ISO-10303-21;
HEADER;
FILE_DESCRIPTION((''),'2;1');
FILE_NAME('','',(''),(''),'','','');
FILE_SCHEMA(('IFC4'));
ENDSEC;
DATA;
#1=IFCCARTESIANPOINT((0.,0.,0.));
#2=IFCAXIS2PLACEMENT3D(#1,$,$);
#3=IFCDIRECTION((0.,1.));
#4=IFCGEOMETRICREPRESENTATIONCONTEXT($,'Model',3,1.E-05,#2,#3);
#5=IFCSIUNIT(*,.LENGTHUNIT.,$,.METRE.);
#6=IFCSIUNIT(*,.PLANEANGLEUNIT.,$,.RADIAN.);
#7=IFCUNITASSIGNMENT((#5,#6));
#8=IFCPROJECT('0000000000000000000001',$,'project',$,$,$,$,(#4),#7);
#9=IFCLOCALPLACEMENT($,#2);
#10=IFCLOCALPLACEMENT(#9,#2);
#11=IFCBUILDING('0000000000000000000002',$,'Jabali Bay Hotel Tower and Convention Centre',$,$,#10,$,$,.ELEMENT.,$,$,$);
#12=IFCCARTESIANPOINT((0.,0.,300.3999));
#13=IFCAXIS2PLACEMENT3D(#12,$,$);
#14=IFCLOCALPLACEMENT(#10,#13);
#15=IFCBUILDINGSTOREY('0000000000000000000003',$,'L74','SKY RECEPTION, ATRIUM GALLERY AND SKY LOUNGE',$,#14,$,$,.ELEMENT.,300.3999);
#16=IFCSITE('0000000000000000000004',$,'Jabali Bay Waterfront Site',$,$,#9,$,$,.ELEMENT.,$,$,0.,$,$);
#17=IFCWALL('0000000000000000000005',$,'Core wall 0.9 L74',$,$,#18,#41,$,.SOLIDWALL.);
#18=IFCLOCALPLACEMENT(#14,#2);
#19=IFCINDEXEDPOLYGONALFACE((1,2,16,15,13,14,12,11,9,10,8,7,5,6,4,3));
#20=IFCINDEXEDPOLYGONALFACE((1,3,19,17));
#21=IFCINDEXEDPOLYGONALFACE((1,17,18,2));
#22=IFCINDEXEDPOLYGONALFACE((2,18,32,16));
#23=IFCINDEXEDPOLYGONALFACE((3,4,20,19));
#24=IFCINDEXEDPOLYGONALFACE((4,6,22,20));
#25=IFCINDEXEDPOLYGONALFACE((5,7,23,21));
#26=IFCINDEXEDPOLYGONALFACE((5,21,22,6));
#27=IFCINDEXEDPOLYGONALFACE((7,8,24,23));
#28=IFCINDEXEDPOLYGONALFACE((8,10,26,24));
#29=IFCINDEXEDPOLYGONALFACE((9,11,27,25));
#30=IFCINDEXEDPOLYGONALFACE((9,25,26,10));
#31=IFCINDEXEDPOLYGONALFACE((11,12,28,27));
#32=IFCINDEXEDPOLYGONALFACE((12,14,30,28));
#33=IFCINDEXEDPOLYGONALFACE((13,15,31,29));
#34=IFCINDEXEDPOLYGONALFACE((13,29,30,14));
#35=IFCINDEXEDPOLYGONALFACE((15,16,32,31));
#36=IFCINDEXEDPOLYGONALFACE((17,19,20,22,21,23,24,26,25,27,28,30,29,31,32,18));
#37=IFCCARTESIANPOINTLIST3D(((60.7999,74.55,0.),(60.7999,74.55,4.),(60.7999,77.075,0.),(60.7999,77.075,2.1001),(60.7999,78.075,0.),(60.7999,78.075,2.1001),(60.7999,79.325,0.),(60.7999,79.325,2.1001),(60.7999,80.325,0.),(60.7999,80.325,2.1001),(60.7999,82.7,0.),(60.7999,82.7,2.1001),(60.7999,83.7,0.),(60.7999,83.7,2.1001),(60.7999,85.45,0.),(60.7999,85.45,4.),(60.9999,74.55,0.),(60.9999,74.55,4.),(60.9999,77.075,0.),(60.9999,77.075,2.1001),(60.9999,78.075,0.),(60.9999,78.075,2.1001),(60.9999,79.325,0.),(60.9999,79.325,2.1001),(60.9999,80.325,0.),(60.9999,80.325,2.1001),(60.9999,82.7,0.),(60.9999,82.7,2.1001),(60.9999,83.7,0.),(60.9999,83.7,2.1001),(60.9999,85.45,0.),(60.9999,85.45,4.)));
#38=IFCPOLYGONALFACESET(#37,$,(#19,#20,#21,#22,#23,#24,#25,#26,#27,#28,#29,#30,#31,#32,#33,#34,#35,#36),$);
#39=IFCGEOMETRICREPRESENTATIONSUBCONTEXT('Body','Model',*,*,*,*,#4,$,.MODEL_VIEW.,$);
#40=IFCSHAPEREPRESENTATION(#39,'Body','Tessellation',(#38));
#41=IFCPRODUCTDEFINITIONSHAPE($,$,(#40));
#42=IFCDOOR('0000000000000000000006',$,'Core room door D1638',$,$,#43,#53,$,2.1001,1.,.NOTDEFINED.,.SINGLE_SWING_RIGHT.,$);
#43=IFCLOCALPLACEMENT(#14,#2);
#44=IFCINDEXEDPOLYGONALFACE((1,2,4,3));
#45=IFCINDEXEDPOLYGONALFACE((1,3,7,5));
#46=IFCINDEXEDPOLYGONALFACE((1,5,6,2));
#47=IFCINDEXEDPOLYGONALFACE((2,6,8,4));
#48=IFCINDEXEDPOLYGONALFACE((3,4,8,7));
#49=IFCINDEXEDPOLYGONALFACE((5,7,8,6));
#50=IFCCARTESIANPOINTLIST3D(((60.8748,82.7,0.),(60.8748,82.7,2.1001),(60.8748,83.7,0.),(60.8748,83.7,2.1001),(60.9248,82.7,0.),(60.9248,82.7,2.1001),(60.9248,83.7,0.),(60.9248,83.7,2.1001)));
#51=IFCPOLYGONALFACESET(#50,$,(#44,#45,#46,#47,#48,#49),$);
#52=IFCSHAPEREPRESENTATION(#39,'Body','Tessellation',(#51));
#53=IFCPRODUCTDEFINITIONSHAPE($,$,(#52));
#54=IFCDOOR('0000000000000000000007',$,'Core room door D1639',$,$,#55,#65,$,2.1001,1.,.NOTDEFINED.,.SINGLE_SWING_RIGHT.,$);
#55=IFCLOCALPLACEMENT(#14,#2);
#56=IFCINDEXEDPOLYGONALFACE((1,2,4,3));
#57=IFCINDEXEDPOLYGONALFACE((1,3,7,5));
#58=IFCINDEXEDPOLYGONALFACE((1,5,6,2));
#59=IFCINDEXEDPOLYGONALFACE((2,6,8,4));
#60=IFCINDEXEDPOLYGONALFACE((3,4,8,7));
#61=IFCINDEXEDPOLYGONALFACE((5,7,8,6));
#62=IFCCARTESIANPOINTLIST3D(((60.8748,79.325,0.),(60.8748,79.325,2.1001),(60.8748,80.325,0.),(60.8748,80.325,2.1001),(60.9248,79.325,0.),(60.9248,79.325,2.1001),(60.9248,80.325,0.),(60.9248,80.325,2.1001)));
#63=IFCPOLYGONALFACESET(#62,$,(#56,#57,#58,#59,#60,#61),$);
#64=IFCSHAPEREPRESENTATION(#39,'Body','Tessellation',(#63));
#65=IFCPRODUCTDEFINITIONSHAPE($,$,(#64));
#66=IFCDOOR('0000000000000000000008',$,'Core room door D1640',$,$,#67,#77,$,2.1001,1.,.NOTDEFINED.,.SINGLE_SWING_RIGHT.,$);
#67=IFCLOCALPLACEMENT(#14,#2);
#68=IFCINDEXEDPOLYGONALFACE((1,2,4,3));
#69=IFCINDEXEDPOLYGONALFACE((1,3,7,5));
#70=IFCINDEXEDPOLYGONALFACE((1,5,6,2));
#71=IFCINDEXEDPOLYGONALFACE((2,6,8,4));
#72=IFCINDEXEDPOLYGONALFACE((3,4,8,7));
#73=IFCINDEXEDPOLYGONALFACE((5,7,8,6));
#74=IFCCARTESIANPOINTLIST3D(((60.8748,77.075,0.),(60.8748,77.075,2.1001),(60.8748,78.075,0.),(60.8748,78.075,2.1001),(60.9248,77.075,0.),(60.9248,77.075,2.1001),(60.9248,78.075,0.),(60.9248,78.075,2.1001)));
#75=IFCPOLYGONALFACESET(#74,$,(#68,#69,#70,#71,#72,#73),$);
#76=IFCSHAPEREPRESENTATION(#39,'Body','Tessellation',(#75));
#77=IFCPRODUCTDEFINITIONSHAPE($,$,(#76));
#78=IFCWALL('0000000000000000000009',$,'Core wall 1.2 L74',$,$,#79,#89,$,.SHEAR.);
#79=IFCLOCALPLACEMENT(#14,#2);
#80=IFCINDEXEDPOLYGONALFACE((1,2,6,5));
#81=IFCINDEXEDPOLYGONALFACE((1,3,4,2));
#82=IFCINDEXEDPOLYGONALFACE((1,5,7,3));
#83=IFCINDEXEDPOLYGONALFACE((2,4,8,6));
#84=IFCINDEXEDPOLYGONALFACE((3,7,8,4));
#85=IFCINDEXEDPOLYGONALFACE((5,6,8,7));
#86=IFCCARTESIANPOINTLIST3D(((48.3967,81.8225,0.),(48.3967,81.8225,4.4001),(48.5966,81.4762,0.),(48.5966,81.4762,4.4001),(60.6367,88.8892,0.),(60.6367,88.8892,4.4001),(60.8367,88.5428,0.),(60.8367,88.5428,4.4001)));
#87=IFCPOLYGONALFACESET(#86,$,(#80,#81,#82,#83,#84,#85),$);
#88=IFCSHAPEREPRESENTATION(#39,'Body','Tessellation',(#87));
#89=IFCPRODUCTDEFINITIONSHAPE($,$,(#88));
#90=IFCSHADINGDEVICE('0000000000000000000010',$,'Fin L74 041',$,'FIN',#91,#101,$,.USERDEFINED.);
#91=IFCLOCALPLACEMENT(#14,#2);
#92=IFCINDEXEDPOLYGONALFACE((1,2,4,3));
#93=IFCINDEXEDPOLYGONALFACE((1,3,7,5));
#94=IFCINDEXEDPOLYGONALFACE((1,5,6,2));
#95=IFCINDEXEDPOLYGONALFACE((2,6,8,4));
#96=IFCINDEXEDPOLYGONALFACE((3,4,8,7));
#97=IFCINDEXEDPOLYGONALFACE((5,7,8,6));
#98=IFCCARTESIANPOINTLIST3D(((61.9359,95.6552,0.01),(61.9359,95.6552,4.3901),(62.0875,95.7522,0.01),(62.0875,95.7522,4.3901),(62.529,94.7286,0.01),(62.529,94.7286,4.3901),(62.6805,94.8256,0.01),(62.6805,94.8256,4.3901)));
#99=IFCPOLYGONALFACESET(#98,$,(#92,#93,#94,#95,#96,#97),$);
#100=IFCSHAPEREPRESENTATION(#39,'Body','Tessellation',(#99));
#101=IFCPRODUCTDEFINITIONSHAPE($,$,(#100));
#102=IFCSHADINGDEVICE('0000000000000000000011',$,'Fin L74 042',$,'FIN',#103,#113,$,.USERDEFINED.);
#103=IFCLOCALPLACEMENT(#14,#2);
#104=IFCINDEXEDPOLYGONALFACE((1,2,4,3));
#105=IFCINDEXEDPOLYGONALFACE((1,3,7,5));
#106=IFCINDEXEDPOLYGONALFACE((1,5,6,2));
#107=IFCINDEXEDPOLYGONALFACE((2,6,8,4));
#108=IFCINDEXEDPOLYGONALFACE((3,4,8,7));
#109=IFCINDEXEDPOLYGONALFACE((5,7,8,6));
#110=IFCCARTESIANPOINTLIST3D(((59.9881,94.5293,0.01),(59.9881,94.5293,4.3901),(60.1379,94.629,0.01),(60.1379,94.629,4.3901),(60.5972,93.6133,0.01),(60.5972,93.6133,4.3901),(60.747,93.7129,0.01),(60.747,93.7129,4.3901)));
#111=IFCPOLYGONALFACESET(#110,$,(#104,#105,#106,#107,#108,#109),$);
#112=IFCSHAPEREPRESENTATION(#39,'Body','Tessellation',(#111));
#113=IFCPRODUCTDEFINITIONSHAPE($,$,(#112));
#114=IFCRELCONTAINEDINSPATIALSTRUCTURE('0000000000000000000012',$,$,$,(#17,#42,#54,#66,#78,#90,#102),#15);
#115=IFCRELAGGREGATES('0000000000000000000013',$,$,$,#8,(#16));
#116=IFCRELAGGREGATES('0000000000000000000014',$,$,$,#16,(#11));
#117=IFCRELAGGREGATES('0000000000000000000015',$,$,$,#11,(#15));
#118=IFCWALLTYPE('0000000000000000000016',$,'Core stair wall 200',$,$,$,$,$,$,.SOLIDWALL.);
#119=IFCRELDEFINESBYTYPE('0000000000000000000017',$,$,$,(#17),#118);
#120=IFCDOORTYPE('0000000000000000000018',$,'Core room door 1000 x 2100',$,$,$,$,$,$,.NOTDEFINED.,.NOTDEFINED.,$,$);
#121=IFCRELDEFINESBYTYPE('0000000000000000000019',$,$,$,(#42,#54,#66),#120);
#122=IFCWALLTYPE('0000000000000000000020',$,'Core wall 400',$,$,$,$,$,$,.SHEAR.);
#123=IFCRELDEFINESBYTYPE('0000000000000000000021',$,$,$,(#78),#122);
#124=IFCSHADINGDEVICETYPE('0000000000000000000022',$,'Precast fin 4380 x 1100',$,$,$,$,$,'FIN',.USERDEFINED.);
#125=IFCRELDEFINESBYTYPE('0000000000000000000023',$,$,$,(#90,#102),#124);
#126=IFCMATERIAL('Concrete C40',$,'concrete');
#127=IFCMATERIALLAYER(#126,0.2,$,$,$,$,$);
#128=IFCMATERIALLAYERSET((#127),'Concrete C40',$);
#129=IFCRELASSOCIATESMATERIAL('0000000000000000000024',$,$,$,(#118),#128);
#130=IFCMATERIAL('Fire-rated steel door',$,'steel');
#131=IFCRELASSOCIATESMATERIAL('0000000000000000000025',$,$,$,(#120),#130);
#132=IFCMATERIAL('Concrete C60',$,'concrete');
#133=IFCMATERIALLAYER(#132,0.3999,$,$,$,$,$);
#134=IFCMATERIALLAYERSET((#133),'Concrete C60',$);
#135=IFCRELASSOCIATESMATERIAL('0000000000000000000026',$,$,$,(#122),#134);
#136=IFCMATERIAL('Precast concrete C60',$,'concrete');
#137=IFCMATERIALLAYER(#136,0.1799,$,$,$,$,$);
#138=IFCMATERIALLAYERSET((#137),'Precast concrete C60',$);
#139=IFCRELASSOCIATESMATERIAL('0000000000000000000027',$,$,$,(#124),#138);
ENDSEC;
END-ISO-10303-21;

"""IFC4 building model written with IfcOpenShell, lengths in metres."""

from ifc_helpers import new_model, si_unit, direction, frame, frame_2d, origin, place, context, subcontext, project, spatial, rectangle, extrude, material, layer, layer_set, type_object, element, fill, save


model = new_model("IFC4")

# Units and contexts
model_context = context("Model", 3, precision=1e-05, world=origin(), true_north=direction((0.0, 1.0)))
body_context = subcontext(model_context, "Body", "Model", "MODEL_VIEW")
ifc_project = project(units=[si_unit("LENGTHUNIT", "METRE"), si_unit("PLANEANGLEUNIT", "RADIAN")], contexts=[model_context])

# Site, building, storey
site_placement = place(None, origin())
site = spatial("IfcSite", under=ifc_project, at=site_placement, Name="Jabali Bay Waterfront Site", CompositionType="ELEMENT", RefElevation=0.0)
building_placement = place(site_placement, origin())
building = spatial("IfcBuilding", under=site, at=building_placement, Name="Jabali Bay Hotel Tower and Convention Centre", CompositionType="ELEMENT")
storey_placement = place(building_placement, frame((0.0, 0.0, 300.3999)))
storey = spatial("IfcBuildingStorey", under=building, at=storey_placement, Name="L74", Description="SKY RECEPTION, ATRIUM GALLERY AND SKY LOUNGE", CompositionType="ELEMENT", Elevation=300.3999)

# Shared definitions
ifc_material_1 = material(Name="Concrete C40", Category="concrete")
ifc_layer_1 = layer(ifc_material_1, 0.2)
ifc_layer_set_1 = layer_set([ifc_layer_1], Name="Concrete C40")
wall_type_1 = type_object("IfcWallType", Name="Core stair wall 200", PredefinedType="SOLIDWALL", material=ifc_layer_set_1)

# Wall, openings, doors
wall_1_placement = place(storey_placement, frame((60.8999, 85.45, 0.0), z_axis=(0.0, 0.0, 1.0), x_axis=(0.0, -1.0, 0.0)))
wall_1 = element("IfcWall", 1, at=wall_1_placement, inside=storey, type_object=wall_type_1, Name="Core wall 0.9 L74", PredefinedType="SOLIDWALL", context=body_context, shape_type="SweptSolid", body=[
    extrude(rectangle(XDim=10.8999, YDim=0.2, at=frame_2d((5.45, 0.0))), origin(), (0.0, 0.0, 1.0), 4.0),
])
opening_1_placement = place(wall_1_placement, frame((1.75, 0.0, 0.0)))
opening_1 = element("IfcOpeningElement", 2, at=opening_1_placement, cuts=wall_1, PredefinedType="OPENING", context=body_context, shape_type="SweptSolid", body=[
    extrude(rectangle(XDim=1.0, YDim=2.1001, at=frame_2d((0.5, 1.05))), frame((0.0, 0.1104, 0.0), z_axis=(0.0, -1.0, 0.0), x_axis=(1.0, 0.0, 0.0)), (0.0, 0.0, 1.0), 0.2209),
])
opening_2_placement = place(wall_1_placement, frame((5.125, 0.0, 0.0)))
opening_2 = element("IfcOpeningElement", 3, at=opening_2_placement, cuts=wall_1, PredefinedType="OPENING", context=body_context, shape_type="SweptSolid", body=[
    extrude(rectangle(XDim=1.0, YDim=2.1001, at=frame_2d((0.5, 1.05))), frame((0.0, 0.1104, 0.0), z_axis=(0.0, -1.0, 0.0), x_axis=(1.0, 0.0, 0.0)), (0.0, 0.0, 1.0), 0.2209),
])
opening_3_placement = place(wall_1_placement, frame((7.375, 0.0, 0.0)))
opening_3 = element("IfcOpeningElement", 4, at=opening_3_placement, cuts=wall_1, PredefinedType="OPENING", context=body_context, shape_type="SweptSolid", body=[
    extrude(rectangle(XDim=1.0, YDim=2.1001, at=frame_2d((0.5, 1.05))), frame((0.0, 0.1104, 0.0), z_axis=(0.0, -1.0, 0.0), x_axis=(1.0, 0.0, 0.0)), (0.0, 0.0, 1.0), 0.2209),
])
ifc_material_2 = material(Name="Fire-rated steel door", Category="steel")
door_type = type_object("IfcDoorType", Name="Core room door 1000 x 2100", OperationType="NOTDEFINED", PredefinedType="NOTDEFINED", material=ifc_material_2)
door_1_placement = place(opening_1_placement, origin())
door_1 = element("IfcDoor", 5, at=door_1_placement, inside=storey, type_object=door_type, Name="Core room door D1638", OperationType="SINGLE_SWING_RIGHT", OverallHeight=2.1001, OverallWidth=1.0, PredefinedType="NOTDEFINED", context=body_context, shape_type="SweptSolid", body=[
    extrude(rectangle(XDim=1.0, YDim=2.1001, at=frame_2d((0.5, 1.05))), frame((0.0, 0.0249, 0.0), z_axis=(0.0, -1.0, 0.0), x_axis=(1.0, 0.0, 0.0)), (0.0, 0.0, 1.0), 0.05),
])
fill(opening_1, door_1)
door_2_placement = place(opening_2_placement, origin())
door_2 = element("IfcDoor", 6, at=door_2_placement, inside=storey, type_object=door_type, Name="Core room door D1639", OperationType="SINGLE_SWING_RIGHT", OverallHeight=2.1001, OverallWidth=1.0, PredefinedType="NOTDEFINED", context=body_context, shape_type="SweptSolid", body=[
    extrude(rectangle(XDim=1.0, YDim=2.1001, at=frame_2d((0.5, 1.05))), frame((0.0, 0.0249, 0.0), z_axis=(0.0, -1.0, 0.0), x_axis=(1.0, 0.0, 0.0)), (0.0, 0.0, 1.0), 0.05),
])
fill(opening_2, door_2)
door_3_placement = place(opening_3_placement, origin())
door_3 = element("IfcDoor", 7, at=door_3_placement, inside=storey, type_object=door_type, Name="Core room door D1640", OperationType="SINGLE_SWING_RIGHT", OverallHeight=2.1001, OverallWidth=1.0, PredefinedType="NOTDEFINED", context=body_context, shape_type="SweptSolid", body=[
    extrude(rectangle(XDim=1.0, YDim=2.1001, at=frame_2d((0.5, 1.05))), frame((0.0, 0.0249, 0.0), z_axis=(0.0, -1.0, 0.0), x_axis=(1.0, 0.0, 0.0)), (0.0, 0.0, 1.0), 0.05),
])
fill(opening_3, door_3)

# Wall
ifc_material_3 = material(Name="Concrete C60", Category="concrete")
ifc_layer_2 = layer(ifc_material_3, 0.3999)
ifc_layer_set_2 = layer_set([ifc_layer_2], Name="Concrete C60")
wall_type_2 = type_object("IfcWallType", Name="Core wall 400", PredefinedType="SHEAR", material=ifc_layer_set_2)
wall_2_placement = place(storey_placement, frame((60.7368, 88.7161, 0.0), z_axis=(0.0, 0.0, 1.0), x_axis=(-0.866029, -0.499994, 0.0)))
element("IfcWall", 8, at=wall_2_placement, inside=storey, type_object=wall_type_2, Name="Core wall 1.2 L74", PredefinedType="SHEAR", context=body_context, shape_type="SweptSolid", body=[
    extrude(rectangle(XDim=14.1335, YDim=0.3999, at=frame_2d((7.0669, 0.0))), origin(), (0.0, 0.0, 1.0), 4.4001),
])

# Shading devices
ifc_material_4 = material(Name="Precast concrete C60", Category="concrete")
ifc_layer_3 = layer(ifc_material_4, 0.1799)
ifc_layer_set_3 = layer_set([ifc_layer_3], Name="Precast concrete C60")
shading_device_type = type_object("IfcShadingDeviceType", Name="Precast fin 4380 x 1100", ElementType="FIN", PredefinedType="USERDEFINED", material=ifc_layer_set_3)
for number, where, z_axis, x_axis, name in (
    (9, (62.6047, 94.7771, 0.01), (0.0, 0.0, 1.0), (-0.539085, 0.842251, 0.0), "Fin L74 041"),
    (10, (60.6721, 93.6631, 0.01), (0.0, 0.0, 1.0), (-0.553727, 0.832698, 0.0), "Fin L74 042"),
):
    element("IfcShadingDevice", number, at=place(storey_placement, frame(where, z_axis=z_axis, x_axis=x_axis)), inside=storey, type_object=shading_device_type, Name=name, ObjectType="FIN", PredefinedType="USERDEFINED", context=body_context, shape_type="SweptSolid", body=[
        extrude(rectangle(XDim=1.1001, YDim=0.1799, at=frame_2d((0.55, 0.0))), origin(), (0.0, 0.0, 1.0), 4.3801),
    ])

save(model, "model.ifc")
